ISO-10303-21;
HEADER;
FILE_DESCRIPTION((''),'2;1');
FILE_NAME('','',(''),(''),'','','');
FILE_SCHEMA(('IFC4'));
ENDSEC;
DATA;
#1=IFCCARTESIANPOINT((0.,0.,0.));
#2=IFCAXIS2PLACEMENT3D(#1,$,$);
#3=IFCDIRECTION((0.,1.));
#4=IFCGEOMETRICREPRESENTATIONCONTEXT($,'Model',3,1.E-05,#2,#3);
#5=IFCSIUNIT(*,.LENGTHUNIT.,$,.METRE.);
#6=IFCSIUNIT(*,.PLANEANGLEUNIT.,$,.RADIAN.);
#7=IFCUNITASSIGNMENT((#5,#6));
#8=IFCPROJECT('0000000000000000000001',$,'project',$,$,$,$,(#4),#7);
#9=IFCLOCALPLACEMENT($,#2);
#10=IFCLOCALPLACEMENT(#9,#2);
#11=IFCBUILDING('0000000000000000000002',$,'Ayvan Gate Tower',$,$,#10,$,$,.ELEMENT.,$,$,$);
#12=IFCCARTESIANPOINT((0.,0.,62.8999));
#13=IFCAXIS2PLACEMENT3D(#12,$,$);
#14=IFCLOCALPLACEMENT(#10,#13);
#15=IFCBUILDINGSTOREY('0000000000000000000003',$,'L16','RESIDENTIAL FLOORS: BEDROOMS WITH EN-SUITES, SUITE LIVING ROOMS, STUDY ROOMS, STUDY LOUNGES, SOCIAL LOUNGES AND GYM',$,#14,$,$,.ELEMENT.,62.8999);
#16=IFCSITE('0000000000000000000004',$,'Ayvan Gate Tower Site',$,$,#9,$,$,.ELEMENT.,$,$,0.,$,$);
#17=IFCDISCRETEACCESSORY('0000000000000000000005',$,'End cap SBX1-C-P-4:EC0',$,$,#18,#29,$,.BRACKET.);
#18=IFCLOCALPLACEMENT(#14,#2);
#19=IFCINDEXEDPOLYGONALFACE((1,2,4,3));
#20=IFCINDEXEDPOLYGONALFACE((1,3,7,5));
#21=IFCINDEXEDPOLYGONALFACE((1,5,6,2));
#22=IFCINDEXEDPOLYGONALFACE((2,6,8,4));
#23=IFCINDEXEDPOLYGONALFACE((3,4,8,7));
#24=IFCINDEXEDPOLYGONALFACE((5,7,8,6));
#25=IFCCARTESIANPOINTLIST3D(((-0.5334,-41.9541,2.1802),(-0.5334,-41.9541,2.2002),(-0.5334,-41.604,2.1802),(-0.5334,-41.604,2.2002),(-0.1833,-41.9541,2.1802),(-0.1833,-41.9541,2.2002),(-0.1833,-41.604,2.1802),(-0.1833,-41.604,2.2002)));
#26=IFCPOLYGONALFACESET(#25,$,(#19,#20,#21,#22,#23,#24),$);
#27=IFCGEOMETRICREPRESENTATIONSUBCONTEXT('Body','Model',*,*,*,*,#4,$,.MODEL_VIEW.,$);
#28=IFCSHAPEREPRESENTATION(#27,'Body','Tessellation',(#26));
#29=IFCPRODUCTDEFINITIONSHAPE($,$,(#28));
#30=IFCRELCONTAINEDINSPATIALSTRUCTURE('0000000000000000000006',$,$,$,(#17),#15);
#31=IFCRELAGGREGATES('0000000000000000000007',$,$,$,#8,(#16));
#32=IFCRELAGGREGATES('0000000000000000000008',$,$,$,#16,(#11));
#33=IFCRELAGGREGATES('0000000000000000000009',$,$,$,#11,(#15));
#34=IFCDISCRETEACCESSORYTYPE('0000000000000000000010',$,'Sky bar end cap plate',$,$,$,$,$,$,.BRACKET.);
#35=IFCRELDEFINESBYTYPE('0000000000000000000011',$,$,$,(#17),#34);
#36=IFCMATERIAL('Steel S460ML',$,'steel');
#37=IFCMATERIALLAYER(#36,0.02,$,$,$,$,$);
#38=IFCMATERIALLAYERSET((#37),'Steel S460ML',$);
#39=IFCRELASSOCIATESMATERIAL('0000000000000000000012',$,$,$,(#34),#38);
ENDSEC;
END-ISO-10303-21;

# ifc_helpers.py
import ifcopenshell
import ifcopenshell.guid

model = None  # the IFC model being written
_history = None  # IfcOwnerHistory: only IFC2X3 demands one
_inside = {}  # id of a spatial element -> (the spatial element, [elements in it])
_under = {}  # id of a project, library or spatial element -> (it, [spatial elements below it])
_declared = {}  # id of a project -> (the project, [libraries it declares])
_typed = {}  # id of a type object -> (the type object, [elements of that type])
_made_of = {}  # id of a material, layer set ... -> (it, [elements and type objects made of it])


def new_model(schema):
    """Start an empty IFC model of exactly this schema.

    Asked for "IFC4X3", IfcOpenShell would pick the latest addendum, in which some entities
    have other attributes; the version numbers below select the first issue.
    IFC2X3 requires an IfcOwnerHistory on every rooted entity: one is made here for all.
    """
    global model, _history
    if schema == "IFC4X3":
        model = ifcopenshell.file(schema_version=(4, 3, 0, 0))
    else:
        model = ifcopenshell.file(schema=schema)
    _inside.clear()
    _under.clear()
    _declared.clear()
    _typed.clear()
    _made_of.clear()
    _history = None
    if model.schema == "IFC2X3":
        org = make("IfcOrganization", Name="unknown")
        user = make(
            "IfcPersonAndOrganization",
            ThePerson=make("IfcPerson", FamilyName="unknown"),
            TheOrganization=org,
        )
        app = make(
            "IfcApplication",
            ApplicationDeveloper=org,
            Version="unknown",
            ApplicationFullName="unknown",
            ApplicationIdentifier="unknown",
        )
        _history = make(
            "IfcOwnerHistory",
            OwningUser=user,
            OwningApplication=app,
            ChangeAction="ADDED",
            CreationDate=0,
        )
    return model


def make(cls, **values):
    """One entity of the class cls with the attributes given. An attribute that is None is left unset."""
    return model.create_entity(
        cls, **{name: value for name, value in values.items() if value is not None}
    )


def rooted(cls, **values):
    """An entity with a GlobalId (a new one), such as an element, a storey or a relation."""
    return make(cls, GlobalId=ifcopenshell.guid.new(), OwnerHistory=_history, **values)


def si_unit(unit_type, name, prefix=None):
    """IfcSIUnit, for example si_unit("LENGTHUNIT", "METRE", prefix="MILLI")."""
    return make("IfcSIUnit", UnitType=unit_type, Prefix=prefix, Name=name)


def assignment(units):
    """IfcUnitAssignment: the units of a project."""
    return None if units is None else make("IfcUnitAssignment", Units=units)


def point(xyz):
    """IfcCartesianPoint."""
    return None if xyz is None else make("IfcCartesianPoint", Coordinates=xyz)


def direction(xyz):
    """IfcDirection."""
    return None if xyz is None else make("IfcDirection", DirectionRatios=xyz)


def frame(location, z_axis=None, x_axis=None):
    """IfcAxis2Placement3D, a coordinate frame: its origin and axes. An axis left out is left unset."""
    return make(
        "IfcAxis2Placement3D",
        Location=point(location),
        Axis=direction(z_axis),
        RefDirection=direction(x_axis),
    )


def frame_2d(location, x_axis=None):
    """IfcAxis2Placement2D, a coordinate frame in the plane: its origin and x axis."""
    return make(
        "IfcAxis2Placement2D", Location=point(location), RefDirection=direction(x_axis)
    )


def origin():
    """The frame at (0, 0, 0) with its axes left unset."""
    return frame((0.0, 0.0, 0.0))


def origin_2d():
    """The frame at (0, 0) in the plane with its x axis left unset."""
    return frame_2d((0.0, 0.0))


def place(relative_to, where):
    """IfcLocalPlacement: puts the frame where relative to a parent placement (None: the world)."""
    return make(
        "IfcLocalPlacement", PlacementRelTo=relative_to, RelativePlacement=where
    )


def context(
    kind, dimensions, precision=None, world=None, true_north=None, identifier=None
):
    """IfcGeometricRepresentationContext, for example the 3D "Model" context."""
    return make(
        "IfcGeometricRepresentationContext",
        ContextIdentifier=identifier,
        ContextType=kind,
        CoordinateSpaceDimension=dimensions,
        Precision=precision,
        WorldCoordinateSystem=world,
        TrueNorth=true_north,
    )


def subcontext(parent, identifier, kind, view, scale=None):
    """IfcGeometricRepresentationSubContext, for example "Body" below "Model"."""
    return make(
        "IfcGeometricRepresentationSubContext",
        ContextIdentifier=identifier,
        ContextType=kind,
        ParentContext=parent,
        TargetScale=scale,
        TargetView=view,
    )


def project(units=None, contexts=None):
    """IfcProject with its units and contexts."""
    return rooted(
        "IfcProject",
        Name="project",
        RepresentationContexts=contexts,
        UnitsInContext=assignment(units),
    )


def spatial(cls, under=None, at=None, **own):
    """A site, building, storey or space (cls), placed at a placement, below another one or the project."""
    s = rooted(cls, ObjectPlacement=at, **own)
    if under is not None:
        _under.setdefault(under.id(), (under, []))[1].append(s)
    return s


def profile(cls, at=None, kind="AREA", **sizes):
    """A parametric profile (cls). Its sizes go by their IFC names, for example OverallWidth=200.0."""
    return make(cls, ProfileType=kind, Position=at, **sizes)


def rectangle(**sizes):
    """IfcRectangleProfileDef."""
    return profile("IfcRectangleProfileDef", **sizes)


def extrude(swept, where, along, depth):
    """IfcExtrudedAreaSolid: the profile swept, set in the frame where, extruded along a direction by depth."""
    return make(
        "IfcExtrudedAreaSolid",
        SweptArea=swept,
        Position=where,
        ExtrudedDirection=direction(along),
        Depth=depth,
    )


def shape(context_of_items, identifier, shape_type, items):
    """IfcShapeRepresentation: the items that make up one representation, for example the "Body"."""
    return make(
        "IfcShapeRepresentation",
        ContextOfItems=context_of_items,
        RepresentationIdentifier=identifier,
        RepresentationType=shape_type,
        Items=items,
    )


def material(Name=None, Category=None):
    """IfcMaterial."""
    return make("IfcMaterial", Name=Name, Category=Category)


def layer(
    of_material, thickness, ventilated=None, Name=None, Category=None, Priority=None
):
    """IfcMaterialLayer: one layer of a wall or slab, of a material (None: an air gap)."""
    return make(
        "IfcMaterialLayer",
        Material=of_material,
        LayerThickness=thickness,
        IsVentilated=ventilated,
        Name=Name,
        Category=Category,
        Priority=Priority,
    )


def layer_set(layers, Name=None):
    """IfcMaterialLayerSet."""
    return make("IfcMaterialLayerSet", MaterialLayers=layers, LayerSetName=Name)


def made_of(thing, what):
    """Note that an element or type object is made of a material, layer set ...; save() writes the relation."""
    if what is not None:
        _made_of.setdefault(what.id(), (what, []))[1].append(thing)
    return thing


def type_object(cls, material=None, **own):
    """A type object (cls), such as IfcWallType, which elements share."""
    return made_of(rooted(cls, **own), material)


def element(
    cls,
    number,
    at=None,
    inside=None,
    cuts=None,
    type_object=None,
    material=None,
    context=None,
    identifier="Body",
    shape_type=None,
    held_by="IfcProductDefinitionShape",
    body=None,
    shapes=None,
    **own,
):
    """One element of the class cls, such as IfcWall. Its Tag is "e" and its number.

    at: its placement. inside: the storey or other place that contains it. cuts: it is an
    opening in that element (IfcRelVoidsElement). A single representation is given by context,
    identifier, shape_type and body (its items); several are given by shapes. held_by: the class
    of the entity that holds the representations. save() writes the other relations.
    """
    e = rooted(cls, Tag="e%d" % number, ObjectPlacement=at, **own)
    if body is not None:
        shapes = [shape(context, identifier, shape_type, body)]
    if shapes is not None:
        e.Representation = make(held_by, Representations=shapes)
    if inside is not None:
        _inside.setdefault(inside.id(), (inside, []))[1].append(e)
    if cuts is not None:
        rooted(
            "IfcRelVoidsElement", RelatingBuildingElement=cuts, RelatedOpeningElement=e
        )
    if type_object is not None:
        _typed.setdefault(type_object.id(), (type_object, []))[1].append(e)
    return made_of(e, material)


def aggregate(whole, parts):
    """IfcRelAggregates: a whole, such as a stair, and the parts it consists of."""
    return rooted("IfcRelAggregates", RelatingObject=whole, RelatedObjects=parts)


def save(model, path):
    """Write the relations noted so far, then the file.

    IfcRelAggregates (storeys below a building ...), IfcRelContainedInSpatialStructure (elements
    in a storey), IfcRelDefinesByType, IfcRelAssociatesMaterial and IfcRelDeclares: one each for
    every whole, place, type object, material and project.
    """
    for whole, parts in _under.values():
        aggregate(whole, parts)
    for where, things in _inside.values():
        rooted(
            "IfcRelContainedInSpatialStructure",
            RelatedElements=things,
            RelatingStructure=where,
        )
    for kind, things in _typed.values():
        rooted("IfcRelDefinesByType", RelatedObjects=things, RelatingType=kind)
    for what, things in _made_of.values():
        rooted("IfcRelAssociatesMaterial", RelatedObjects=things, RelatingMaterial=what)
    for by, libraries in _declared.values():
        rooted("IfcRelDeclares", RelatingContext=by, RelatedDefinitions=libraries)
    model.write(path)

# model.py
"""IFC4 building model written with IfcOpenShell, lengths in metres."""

from ifc_helpers import new_model, si_unit, direction, frame, origin, origin_2d, place, context, subcontext, project, spatial, rectangle, extrude, material, layer, layer_set, type_object, element, save


model = new_model("IFC4")

# Units and contexts
model_context = context("Model", 3, precision=1e-05, world=origin(), true_north=direction((0.0, 1.0)))
body_context = subcontext(model_context, "Body", "Model", "MODEL_VIEW")
ifc_project = project(units=[si_unit("LENGTHUNIT", "METRE"), si_unit("PLANEANGLEUNIT", "RADIAN")], contexts=[model_context])

# Site, building, storey
site_placement = place(None, origin())
site = spatial("IfcSite", under=ifc_project, at=site_placement, Name="Ayvan Gate Tower Site", CompositionType="ELEMENT", RefElevation=0.0)
building_placement = place(site_placement, origin())
building = spatial("IfcBuilding", under=site, at=building_placement, Name="Ayvan Gate Tower", CompositionType="ELEMENT")
storey_placement = place(building_placement, frame((0.0, 0.0, 62.8999)))
storey = spatial("IfcBuildingStorey", under=building, at=storey_placement, Name="L16", Description="RESIDENTIAL FLOORS: BEDROOMS WITH EN-SUITES, SUITE LIVING ROOMS, STUDY ROOMS, STUDY LOUNGES, SOCIAL LOUNGES AND GYM", CompositionType="ELEMENT", Elevation=62.8999)

# Discrete accessory
ifc_material_1 = material(Name="Steel S460ML", Category="steel")
ifc_layer_1 = layer(ifc_material_1, 0.02)
ifc_layer_set_1 = layer_set([ifc_layer_1], Name="Steel S460ML")
discrete_accessory_type_1 = type_object("IfcDiscreteAccessoryType", Name="Sky bar end cap plate", PredefinedType="BRACKET", material=ifc_layer_set_1)
for number, where, z_axis, x_axis, name in (
    (1, (-0.3584, -41.7791, 2.1802), (0.0, 0.0, 1.0), (1.0, 0.0, 0.0), "End cap SBX1-C-P-4:EC0"),
):
    element("IfcDiscreteAccessory", number, at=place(storey_placement, frame(where, z_axis=z_axis, x_axis=x_axis)), inside=storey, type_object=discrete_accessory_type_1, Name=name, PredefinedType="BRACKET", context=body_context, shape_type="SweptSolid", body=[
        extrude(rectangle(XDim=0.3501, YDim=0.3501, at=origin_2d()), origin(), (0.0, 0.0, 1.0), 0.02),
    ])

save(model, "model.ifc")
